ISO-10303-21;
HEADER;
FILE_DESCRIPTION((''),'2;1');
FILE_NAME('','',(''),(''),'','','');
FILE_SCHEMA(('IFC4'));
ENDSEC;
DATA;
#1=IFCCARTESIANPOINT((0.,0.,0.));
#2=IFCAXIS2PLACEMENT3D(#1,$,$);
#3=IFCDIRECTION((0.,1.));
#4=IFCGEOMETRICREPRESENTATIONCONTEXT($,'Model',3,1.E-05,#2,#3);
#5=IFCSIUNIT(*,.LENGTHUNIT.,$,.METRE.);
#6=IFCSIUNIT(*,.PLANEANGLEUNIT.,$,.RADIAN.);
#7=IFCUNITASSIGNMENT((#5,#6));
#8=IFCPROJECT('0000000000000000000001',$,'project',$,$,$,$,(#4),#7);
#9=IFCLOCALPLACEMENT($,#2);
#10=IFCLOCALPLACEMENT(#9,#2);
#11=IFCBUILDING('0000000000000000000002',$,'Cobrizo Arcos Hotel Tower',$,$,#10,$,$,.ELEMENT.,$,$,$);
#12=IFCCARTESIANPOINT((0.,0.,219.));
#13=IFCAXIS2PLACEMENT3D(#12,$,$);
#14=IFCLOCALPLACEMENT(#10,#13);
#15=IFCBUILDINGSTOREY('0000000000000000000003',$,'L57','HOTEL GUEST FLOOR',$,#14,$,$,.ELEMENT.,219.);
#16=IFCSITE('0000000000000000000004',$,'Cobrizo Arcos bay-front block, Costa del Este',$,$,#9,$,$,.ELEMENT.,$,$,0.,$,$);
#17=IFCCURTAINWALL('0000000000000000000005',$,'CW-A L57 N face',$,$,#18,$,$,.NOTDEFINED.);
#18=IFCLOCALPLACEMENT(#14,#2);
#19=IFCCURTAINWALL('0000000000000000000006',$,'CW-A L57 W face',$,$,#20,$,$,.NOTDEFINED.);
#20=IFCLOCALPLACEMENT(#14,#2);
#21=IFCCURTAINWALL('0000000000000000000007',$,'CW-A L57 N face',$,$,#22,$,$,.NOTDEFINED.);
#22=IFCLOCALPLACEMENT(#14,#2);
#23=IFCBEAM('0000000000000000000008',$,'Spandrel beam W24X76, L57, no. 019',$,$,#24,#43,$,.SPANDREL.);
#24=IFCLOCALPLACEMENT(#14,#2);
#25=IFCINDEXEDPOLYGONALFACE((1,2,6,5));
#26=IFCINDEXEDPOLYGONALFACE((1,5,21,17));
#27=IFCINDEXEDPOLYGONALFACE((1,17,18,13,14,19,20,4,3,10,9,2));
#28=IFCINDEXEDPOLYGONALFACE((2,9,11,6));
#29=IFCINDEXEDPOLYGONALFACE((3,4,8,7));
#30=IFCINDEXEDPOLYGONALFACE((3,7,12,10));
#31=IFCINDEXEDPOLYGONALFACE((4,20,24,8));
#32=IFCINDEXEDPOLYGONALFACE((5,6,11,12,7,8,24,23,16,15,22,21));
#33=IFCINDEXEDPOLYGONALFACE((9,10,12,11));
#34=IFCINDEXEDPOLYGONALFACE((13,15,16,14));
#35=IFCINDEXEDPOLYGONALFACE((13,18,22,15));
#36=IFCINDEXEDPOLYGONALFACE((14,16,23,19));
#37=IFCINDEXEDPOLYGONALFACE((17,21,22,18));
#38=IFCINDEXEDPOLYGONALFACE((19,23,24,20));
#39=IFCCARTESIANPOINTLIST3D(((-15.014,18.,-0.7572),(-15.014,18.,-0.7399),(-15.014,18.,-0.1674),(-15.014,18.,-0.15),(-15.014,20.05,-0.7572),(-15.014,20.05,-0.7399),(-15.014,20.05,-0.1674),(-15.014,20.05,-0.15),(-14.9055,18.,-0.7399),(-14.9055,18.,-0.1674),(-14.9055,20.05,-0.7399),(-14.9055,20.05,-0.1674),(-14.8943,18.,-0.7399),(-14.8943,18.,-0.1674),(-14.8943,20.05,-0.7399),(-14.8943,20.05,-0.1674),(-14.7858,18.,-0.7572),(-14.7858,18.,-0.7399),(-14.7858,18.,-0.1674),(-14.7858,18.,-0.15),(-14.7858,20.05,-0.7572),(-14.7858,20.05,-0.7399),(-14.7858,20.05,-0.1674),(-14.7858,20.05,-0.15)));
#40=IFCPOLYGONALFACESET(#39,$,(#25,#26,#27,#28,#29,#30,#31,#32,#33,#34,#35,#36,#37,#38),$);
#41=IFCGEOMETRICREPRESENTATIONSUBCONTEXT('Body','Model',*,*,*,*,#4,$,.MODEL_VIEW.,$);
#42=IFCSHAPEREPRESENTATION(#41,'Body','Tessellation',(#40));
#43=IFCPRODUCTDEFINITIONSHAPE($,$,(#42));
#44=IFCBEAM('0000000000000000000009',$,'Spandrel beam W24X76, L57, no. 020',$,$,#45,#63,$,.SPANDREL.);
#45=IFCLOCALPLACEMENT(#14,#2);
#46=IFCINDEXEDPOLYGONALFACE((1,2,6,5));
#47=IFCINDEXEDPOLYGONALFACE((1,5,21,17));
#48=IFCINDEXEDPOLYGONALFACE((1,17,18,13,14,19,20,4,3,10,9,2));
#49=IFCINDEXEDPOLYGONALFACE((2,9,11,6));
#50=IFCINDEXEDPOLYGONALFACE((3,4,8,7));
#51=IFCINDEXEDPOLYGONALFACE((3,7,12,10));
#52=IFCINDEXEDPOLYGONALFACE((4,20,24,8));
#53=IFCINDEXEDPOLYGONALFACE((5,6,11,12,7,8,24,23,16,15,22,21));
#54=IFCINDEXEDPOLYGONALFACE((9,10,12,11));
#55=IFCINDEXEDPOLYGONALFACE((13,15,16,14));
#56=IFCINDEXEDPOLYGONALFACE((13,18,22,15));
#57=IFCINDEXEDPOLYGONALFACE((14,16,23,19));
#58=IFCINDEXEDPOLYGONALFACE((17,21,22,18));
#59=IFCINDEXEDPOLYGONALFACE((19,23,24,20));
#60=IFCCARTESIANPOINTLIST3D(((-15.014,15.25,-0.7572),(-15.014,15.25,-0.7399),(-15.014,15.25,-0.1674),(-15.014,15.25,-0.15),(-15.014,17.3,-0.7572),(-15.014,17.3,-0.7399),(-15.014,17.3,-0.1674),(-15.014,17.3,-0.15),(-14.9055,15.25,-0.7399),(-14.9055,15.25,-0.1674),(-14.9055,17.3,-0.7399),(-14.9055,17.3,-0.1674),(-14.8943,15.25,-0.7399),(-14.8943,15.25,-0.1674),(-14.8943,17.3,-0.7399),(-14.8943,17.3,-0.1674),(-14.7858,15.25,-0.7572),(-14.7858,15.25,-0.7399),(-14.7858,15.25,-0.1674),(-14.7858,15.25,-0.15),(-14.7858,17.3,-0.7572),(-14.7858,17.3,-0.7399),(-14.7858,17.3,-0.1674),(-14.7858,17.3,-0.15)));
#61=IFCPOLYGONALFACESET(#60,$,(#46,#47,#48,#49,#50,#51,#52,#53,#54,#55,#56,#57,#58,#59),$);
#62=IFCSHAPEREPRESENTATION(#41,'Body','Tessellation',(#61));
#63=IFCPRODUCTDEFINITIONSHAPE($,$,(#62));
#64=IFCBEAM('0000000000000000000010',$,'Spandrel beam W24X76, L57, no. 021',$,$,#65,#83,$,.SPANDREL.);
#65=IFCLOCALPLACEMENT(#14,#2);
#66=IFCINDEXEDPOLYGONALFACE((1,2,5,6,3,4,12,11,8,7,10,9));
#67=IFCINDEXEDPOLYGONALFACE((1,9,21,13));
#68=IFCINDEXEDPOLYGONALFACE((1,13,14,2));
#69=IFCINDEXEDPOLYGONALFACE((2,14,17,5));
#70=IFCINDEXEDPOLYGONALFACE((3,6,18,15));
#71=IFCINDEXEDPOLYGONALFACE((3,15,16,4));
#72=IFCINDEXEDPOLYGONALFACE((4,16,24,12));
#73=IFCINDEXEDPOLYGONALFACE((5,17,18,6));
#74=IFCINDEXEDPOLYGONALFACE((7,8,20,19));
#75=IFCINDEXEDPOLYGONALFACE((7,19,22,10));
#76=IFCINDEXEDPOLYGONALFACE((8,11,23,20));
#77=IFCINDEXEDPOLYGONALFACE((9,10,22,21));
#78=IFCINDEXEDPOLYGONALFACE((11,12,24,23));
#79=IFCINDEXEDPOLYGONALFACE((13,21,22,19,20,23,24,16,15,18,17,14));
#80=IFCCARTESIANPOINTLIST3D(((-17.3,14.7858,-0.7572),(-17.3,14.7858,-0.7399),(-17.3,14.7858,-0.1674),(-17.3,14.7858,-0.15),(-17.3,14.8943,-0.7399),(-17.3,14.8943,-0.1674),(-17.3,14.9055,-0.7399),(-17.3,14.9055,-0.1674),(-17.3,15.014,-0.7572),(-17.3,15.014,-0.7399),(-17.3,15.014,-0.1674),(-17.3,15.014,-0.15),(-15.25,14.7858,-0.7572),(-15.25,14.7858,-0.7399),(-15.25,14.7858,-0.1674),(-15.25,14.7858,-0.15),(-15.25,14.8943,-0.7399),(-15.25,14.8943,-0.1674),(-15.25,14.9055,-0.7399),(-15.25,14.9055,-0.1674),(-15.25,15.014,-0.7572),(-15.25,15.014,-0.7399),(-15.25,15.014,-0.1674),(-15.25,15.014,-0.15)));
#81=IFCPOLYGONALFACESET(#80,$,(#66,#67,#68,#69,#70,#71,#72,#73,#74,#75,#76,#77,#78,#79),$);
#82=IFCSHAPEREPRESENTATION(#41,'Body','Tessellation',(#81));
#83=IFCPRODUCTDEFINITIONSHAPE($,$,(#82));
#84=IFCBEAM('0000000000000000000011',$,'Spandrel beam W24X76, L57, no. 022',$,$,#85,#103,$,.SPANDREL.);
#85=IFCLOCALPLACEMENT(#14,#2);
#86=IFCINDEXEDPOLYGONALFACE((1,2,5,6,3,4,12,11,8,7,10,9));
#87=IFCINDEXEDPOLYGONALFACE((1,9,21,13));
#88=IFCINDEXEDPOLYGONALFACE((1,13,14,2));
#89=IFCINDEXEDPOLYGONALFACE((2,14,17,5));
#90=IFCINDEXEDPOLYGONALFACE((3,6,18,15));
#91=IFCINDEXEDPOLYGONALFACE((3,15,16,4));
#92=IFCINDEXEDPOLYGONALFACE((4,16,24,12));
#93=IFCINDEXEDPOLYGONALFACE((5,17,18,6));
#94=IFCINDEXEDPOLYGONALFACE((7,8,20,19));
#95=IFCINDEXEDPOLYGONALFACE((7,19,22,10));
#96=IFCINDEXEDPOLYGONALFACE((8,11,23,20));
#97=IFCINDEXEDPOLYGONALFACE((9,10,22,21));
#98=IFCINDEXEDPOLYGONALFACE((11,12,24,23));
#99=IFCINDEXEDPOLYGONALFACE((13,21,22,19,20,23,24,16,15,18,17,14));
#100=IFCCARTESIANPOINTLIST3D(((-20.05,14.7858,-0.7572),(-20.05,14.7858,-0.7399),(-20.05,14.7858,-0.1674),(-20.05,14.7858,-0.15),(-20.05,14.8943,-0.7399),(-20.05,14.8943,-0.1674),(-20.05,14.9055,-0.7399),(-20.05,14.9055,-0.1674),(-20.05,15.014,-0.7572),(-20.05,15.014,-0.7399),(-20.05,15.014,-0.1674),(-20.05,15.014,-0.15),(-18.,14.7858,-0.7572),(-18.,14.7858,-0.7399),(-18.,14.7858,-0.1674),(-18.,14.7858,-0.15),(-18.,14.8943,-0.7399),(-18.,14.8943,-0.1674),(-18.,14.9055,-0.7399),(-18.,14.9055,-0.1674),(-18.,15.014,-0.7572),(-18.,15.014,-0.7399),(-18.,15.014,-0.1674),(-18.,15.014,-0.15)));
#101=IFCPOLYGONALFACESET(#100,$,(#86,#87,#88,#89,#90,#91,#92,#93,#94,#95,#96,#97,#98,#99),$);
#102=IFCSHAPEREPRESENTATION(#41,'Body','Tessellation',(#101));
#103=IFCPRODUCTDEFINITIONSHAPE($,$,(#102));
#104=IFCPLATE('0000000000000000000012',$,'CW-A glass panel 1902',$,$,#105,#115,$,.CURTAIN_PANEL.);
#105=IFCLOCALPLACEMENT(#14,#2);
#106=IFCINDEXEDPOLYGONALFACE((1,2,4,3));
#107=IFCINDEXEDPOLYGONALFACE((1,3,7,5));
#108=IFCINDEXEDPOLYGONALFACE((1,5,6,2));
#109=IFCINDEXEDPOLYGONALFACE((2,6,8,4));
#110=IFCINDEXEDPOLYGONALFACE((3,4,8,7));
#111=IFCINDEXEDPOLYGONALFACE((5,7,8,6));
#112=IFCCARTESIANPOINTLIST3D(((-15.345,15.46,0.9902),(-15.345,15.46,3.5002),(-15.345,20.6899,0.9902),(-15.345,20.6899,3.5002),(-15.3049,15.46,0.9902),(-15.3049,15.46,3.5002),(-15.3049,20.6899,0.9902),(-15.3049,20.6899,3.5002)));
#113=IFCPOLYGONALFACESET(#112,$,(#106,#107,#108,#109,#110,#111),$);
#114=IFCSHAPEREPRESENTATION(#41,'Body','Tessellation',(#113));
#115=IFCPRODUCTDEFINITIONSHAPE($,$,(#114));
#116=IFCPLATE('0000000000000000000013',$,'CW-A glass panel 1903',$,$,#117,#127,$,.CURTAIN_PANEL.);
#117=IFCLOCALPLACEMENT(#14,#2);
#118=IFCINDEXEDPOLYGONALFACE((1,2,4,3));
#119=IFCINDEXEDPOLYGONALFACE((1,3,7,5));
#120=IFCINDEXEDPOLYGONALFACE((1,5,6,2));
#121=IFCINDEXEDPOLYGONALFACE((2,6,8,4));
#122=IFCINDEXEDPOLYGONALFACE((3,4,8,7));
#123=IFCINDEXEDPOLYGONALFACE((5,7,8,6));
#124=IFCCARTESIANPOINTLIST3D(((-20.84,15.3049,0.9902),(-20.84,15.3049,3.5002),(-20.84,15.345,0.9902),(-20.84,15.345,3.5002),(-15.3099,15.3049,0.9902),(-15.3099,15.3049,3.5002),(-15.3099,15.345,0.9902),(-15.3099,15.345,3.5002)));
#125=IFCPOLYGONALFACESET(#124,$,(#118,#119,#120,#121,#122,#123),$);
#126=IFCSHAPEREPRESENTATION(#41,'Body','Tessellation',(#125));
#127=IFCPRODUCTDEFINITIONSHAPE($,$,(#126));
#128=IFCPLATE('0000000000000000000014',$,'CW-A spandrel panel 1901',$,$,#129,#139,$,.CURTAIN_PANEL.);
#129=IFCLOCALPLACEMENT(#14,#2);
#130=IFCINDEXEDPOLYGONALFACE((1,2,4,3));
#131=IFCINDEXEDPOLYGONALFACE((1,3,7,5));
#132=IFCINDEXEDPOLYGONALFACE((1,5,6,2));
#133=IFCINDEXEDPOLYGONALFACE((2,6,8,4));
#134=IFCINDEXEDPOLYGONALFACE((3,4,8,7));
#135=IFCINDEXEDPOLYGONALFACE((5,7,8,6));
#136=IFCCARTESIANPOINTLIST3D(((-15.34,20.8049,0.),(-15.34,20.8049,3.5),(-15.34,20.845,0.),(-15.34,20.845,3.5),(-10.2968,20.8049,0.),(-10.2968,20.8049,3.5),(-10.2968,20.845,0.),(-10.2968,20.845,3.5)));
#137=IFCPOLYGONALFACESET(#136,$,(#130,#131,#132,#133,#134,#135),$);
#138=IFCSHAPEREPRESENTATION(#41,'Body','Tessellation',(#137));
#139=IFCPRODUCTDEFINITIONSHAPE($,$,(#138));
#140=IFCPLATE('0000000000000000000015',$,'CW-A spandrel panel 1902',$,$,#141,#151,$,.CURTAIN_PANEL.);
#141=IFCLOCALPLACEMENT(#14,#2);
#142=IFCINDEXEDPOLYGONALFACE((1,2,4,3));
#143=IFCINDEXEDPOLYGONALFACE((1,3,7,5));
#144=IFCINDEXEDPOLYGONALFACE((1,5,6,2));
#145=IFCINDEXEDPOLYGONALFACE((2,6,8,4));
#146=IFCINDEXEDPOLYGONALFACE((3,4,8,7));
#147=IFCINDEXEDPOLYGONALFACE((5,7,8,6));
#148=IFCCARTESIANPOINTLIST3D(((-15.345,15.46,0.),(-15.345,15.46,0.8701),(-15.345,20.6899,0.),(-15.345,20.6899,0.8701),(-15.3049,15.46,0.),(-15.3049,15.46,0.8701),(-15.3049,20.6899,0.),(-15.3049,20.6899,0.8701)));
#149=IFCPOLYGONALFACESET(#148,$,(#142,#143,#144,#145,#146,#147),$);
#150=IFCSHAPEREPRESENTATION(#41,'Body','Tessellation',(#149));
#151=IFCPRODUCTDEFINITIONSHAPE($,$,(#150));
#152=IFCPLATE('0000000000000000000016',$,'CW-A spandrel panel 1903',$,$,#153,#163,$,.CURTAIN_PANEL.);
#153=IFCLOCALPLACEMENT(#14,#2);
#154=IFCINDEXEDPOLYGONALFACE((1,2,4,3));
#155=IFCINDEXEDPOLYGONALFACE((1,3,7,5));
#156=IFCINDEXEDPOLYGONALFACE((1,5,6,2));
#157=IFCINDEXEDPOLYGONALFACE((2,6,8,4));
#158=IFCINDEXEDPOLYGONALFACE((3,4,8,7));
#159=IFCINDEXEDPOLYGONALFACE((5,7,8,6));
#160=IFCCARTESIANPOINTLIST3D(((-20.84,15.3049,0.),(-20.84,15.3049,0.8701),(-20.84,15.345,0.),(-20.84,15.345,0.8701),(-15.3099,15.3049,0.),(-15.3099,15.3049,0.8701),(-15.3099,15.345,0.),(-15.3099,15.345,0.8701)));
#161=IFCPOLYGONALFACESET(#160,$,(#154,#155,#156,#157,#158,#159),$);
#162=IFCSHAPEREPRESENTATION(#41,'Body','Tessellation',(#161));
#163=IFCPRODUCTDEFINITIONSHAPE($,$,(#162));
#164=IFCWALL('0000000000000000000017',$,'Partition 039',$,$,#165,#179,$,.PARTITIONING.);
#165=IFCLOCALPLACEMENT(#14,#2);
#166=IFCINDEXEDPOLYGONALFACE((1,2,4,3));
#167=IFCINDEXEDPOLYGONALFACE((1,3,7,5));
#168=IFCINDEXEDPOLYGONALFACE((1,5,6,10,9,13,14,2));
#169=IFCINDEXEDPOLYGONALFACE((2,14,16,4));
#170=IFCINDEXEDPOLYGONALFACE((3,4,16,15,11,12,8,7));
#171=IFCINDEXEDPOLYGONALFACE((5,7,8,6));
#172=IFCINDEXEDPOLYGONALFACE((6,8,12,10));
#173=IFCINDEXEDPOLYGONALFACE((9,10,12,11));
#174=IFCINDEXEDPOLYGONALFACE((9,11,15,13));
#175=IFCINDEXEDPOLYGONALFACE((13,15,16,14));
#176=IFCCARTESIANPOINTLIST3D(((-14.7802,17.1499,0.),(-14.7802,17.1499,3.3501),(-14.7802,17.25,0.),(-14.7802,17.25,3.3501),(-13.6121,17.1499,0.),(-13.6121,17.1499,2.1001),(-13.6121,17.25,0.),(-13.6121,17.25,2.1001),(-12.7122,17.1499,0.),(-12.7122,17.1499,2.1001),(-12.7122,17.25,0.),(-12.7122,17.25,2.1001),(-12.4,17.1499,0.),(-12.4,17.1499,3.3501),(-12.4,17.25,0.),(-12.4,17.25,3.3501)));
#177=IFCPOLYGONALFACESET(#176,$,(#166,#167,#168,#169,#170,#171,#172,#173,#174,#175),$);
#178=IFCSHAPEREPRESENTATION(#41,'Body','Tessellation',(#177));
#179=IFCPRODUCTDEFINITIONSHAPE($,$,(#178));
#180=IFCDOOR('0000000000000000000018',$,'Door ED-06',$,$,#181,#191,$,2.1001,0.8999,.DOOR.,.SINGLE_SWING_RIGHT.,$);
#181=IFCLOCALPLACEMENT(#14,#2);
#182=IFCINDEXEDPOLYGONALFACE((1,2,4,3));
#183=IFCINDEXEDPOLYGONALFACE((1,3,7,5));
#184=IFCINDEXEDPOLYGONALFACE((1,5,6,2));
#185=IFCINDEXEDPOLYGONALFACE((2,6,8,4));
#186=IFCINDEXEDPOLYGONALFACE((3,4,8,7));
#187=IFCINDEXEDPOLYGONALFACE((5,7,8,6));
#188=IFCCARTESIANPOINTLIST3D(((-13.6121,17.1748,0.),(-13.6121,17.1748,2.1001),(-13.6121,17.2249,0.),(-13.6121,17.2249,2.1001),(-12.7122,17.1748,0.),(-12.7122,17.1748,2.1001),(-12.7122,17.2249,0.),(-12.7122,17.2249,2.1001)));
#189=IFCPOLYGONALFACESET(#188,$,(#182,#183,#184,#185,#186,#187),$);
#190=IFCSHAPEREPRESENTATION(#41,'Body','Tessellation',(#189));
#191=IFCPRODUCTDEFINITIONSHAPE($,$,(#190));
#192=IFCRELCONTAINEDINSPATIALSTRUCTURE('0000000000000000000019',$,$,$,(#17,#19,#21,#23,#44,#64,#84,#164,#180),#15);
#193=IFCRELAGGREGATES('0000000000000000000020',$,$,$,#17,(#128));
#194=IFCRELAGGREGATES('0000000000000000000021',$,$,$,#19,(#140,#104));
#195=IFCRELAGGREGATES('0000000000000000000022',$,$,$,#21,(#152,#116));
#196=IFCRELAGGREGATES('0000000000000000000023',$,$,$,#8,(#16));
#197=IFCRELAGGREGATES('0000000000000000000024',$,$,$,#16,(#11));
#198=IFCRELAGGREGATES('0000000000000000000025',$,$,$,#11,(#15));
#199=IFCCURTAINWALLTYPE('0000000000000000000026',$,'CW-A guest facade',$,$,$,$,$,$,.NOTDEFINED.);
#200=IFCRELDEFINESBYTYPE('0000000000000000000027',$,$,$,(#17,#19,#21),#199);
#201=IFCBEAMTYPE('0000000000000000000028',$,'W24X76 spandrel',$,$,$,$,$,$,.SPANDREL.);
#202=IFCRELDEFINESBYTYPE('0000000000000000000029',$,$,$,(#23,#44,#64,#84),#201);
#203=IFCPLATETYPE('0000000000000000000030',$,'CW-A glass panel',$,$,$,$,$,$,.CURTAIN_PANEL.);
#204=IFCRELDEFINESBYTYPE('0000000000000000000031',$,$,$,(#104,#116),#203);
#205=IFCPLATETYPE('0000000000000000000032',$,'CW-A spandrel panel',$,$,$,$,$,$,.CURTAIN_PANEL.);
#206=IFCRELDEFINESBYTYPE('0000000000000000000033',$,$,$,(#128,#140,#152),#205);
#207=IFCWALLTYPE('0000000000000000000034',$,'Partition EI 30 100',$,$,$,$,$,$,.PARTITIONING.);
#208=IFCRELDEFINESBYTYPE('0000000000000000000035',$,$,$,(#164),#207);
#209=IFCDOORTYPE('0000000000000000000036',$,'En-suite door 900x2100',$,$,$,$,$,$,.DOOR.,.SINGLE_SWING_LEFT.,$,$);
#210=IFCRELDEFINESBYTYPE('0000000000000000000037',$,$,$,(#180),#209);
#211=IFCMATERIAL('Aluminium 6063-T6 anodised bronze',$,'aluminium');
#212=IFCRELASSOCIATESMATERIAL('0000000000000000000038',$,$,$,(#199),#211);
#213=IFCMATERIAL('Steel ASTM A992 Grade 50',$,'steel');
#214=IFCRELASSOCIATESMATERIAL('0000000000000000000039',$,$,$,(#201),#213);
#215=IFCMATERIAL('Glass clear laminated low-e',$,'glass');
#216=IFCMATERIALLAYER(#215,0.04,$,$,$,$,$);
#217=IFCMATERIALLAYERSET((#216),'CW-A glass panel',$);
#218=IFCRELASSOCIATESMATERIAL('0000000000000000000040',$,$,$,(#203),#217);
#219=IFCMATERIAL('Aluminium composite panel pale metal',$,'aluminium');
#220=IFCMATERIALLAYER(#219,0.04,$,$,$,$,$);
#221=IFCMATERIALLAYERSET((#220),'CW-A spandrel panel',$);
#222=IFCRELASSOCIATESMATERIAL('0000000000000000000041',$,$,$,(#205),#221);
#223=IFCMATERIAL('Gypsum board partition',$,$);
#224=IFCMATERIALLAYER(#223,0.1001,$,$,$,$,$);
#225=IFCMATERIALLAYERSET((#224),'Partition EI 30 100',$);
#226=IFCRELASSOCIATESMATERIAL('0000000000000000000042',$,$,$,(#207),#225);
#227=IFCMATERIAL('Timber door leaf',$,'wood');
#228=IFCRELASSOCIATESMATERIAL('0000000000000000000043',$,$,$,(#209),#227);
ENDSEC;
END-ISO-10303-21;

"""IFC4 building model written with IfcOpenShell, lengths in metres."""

from ifc_helpers import new_model, si_unit, direction, frame, frame_2d, origin, origin_2d, place, context, subcontext, project, spatial, rectangle, i_section, extrude, material, layer, layer_set, material_profile, profile_set, type_object, element, fill, aggregate, save


model = new_model("IFC4")

# Units and contexts
model_context = context("Model", 3, precision=1e-05, world=origin(), true_north=direction((0.0, 1.0)))
body_context = subcontext(model_context, "Body", "Model", "MODEL_VIEW")
ifc_project = project(units=[si_unit("LENGTHUNIT", "METRE"), si_unit("PLANEANGLEUNIT", "RADIAN")], contexts=[model_context])

# Site, building, storey
site_placement = place(None, origin())
site = spatial("IfcSite", under=ifc_project, at=site_placement, Name="Cobrizo Arcos bay-front block, Costa del Este", CompositionType="ELEMENT", RefElevation=0.0)
building_placement = place(site_placement, origin())
building = spatial("IfcBuilding", under=site, at=building_placement, Name="Cobrizo Arcos Hotel Tower", CompositionType="ELEMENT")
storey_placement = place(building_placement, frame((0.0, 0.0, 219.0)))
storey = spatial("IfcBuildingStorey", under=building, at=storey_placement, Name="L57", Description="HOTEL GUEST FLOOR", CompositionType="ELEMENT", Elevation=219.0)

# Curtain wall
ifc_material_1 = material(Name="Aluminium 6063-T6 anodised bronze", Category="aluminium")
curtain_wall_type = type_object("IfcCurtainWallType", Name="CW-A guest facade", PredefinedType="NOTDEFINED", material=ifc_material_1)
curtain_wall_1_placement = place(storey_placement, origin())
curtain_wall_1 = element("IfcCurtainWall", 1, at=curtain_wall_1_placement, inside=storey, type_object=curtain_wall_type, Name="CW-A L57 N face", PredefinedType="NOTDEFINED")

# Curtain walls
curtain_wall_2_placement = place(storey_placement, origin())
curtain_wall_2 = element("IfcCurtainWall", 2, at=curtain_wall_2_placement, inside=storey, type_object=curtain_wall_type, Name="CW-A L57 W face", PredefinedType="NOTDEFINED")
curtain_wall_3_placement = place(storey_placement, origin())
curtain_wall_3 = element("IfcCurtainWall", 3, at=curtain_wall_3_placement, inside=storey, type_object=curtain_wall_type, Name="CW-A L57 N face", PredefinedType="NOTDEFINED")

# Beams
ifc_material_2 = material(Name="Steel ASTM A992 Grade 50", Category="steel")
ifc_material_profile_1 = material_profile(ifc_material_2, i_section(OverallWidth=0.2283, OverallDepth=0.6072, WebThickness=0.0112, FlangeThickness=0.0173, at=origin_2d()), Name="W24X76")
ifc_profile_set_1 = profile_set([ifc_material_profile_1], Name="Steel ASTM A992 Grade 50")
beam_type = type_object("IfcBeamType", Name="W24X76 spandrel", PredefinedType="SPANDREL", material=ifc_profile_set_1)
for number, where, z_axis, x_axis, name in (
    (4, (-14.8999, 20.05, -0.4536), (0.0, -1.0, 0.0), (1.0, 0.0, 0.0), "Spandrel beam W24X76, L57, no. 019"),
    (5, (-14.8999, 17.3, -0.4536), (0.0, -1.0, 0.0), (1.0, 0.0, 0.0), "Spandrel beam W24X76, L57, no. 020"),
    (6, (-15.25, 14.8999, -0.4536), (-1.0, 0.0, 0.0), (0.0, -1.0, 0.0), "Spandrel beam W24X76, L57, no. 021"),
    (7, (-18.0, 14.8999, -0.4536), (-1.0, 0.0, 0.0), (0.0, -1.0, 0.0), "Spandrel beam W24X76, L57, no. 022"),
):
    element("IfcBeam", number, at=place(storey_placement, frame(where, z_axis=z_axis, x_axis=x_axis)), inside=storey, type_object=beam_type, Name=name, PredefinedType="SPANDREL", context=body_context, shape_type="SweptSolid", body=[
        extrude(i_section(OverallWidth=0.2283, OverallDepth=0.6072, WebThickness=0.0112, FlangeThickness=0.0173, at=origin_2d()), origin(), (0.0, 0.0, 1.0), 2.05),
    ])

# Plates
ifc_material_3 = material(Name="Glass clear laminated low-e", Category="glass")
ifc_layer_1 = layer(ifc_material_3, 0.04)
ifc_layer_set_1 = layer_set([ifc_layer_1], Name="CW-A glass panel")
plate_type_1 = type_object("IfcPlateType", Name="CW-A glass panel", PredefinedType="CURTAIN_PANEL", material=ifc_layer_set_1)
plate_1_placement = place(storey_placement, frame((-15.325, 18.075, 0.9902), z_axis=(0.0, 0.0, 1.0), x_axis=(0.0, -1.0, 0.0)))
plate_1 = element("IfcPlate", 8, at=plate_1_placement, type_object=plate_type_1, Name="CW-A glass panel 1902", PredefinedType="CURTAIN_PANEL", context=body_context, shape_type="SweptSolid", body=[
    extrude(rectangle(XDim=5.23, YDim=0.04, at=origin_2d()), origin(), (0.0, 0.0, 1.0), 2.51),
])
plate_2_placement = place(storey_placement, frame((-18.075, 15.325, 0.9902), z_axis=(0.0, 0.0, 1.0), x_axis=(-1.0, 0.0, 0.0)))
plate_2 = element("IfcPlate", 9, at=plate_2_placement, type_object=plate_type_1, Name="CW-A glass panel 1903", PredefinedType="CURTAIN_PANEL", context=body_context, shape_type="SweptSolid", body=[
    extrude(rectangle(XDim=5.53, YDim=0.04, at=origin_2d()), origin(), (0.0, 0.0, 1.0), 2.51),
])
ifc_material_4 = material(Name="Aluminium composite panel pale metal", Category="aluminium")
ifc_layer_2 = layer(ifc_material_4, 0.04)
ifc_layer_set_2 = layer_set([ifc_layer_2], Name="CW-A spandrel panel")
plate_type_2 = type_object("IfcPlateType", Name="CW-A spandrel panel", PredefinedType="CURTAIN_PANEL", material=ifc_layer_set_2)
plate_3_placement = place(storey_placement, frame((-12.8184, 20.825, 0.0), z_axis=(0.0, 0.0, 1.0), x_axis=(-1.0, 0.0, 0.0)))
plate_3 = element("IfcPlate", 10, at=plate_3_placement, type_object=plate_type_2, Name="CW-A spandrel panel 1901", PredefinedType="CURTAIN_PANEL", context=body_context, shape_type="SweptSolid", body=[
    extrude(rectangle(XDim=5.0432, YDim=0.04, at=origin_2d()), origin(), (0.0, 0.0, 1.0), 3.5),
])
aggregate(curtain_wall_1, [plate_3])
plate_4_placement = place(storey_placement, frame((-15.325, 18.075, 0.0), z_axis=(0.0, 0.0, 1.0), x_axis=(0.0, -1.0, 0.0)))
plate_4 = element("IfcPlate", 11, at=plate_4_placement, type_object=plate_type_2, Name="CW-A spandrel panel 1902", PredefinedType="CURTAIN_PANEL", context=body_context, shape_type="SweptSolid", body=[
    extrude(rectangle(XDim=5.23, YDim=0.04, at=origin_2d()), origin(), (0.0, 0.0, 1.0), 0.8701),
])
aggregate(curtain_wall_2, [plate_4, plate_1])
plate_5_placement = place(storey_placement, frame((-18.075, 15.325, 0.0), z_axis=(0.0, 0.0, 1.0), x_axis=(-1.0, 0.0, 0.0)))
plate_5 = element("IfcPlate", 12, at=plate_5_placement, type_object=plate_type_2, Name="CW-A spandrel panel 1903", PredefinedType="CURTAIN_PANEL", context=body_context, shape_type="SweptSolid", body=[
    extrude(rectangle(XDim=5.53, YDim=0.04, at=origin_2d()), origin(), (0.0, 0.0, 1.0), 0.8701),
])
aggregate(curtain_wall_3, [plate_5, plate_2])

# Wall, opening, door
ifc_material_5 = material(Name="Gypsum board partition")
ifc_layer_3 = layer(ifc_material_5, 0.1001)
ifc_layer_set_3 = layer_set([ifc_layer_3], Name="Partition EI 30 100")
wall_type = type_object("IfcWallType", Name="Partition EI 30 100", PredefinedType="PARTITIONING", material=ifc_layer_set_3)
wall_placement = place(storey_placement, frame((-14.78, 17.2, 0.0), z_axis=(0.0, 0.0, 1.0), x_axis=(1.0, 0.0, 0.0)))
wall = element("IfcWall", 13, at=wall_placement, inside=storey, type_object=wall_type, Name="Partition 039", PredefinedType="PARTITIONING", context=body_context, shape_type="SweptSolid", body=[
    extrude(rectangle(XDim=2.3801, YDim=0.1001, at=frame_2d((1.1899, 0.0))), origin(), (0.0, 0.0, 1.0), 3.3501),
])
opening_placement = place(wall_placement, frame((1.168, 0.0, 0.0)))
opening = element("IfcOpeningElement", 14, at=opening_placement, cuts=wall, PredefinedType="OPENING", context=body_context, shape_type="SweptSolid", body=[
    extrude(rectangle(XDim=0.8999, YDim=2.1001, at=frame_2d((0.45, 1.05))), frame((0.0, 0.062, 0.0), z_axis=(0.0, -1.0, 0.0), x_axis=(1.0, 0.0, 0.0)), (0.0, 0.0, 1.0), 0.124),
])
ifc_material_6 = material(Name="Timber door leaf", Category="wood")
door_type = type_object("IfcDoorType", Name="En-suite door 900x2100", OperationType="SINGLE_SWING_LEFT", PredefinedType="DOOR", material=ifc_material_6)
door_placement = place(opening_placement, origin())
door = element("IfcDoor", 15, at=door_placement, inside=storey, type_object=door_type, Name="Door ED-06", OperationType="SINGLE_SWING_RIGHT", OverallHeight=2.1001, OverallWidth=0.8999, PredefinedType="DOOR", context=body_context, shape_type="SweptSolid", body=[
    extrude(rectangle(XDim=0.8999, YDim=2.1001, at=frame_2d((0.45, 1.05))), frame((0.0, 0.0249, 0.0), z_axis=(0.0, -1.0, 0.0), x_axis=(1.0, 0.0, 0.0)), (0.0, 0.0, 1.0), 0.05),
])
fill(opening, door)

save(model, "model.ifc")
